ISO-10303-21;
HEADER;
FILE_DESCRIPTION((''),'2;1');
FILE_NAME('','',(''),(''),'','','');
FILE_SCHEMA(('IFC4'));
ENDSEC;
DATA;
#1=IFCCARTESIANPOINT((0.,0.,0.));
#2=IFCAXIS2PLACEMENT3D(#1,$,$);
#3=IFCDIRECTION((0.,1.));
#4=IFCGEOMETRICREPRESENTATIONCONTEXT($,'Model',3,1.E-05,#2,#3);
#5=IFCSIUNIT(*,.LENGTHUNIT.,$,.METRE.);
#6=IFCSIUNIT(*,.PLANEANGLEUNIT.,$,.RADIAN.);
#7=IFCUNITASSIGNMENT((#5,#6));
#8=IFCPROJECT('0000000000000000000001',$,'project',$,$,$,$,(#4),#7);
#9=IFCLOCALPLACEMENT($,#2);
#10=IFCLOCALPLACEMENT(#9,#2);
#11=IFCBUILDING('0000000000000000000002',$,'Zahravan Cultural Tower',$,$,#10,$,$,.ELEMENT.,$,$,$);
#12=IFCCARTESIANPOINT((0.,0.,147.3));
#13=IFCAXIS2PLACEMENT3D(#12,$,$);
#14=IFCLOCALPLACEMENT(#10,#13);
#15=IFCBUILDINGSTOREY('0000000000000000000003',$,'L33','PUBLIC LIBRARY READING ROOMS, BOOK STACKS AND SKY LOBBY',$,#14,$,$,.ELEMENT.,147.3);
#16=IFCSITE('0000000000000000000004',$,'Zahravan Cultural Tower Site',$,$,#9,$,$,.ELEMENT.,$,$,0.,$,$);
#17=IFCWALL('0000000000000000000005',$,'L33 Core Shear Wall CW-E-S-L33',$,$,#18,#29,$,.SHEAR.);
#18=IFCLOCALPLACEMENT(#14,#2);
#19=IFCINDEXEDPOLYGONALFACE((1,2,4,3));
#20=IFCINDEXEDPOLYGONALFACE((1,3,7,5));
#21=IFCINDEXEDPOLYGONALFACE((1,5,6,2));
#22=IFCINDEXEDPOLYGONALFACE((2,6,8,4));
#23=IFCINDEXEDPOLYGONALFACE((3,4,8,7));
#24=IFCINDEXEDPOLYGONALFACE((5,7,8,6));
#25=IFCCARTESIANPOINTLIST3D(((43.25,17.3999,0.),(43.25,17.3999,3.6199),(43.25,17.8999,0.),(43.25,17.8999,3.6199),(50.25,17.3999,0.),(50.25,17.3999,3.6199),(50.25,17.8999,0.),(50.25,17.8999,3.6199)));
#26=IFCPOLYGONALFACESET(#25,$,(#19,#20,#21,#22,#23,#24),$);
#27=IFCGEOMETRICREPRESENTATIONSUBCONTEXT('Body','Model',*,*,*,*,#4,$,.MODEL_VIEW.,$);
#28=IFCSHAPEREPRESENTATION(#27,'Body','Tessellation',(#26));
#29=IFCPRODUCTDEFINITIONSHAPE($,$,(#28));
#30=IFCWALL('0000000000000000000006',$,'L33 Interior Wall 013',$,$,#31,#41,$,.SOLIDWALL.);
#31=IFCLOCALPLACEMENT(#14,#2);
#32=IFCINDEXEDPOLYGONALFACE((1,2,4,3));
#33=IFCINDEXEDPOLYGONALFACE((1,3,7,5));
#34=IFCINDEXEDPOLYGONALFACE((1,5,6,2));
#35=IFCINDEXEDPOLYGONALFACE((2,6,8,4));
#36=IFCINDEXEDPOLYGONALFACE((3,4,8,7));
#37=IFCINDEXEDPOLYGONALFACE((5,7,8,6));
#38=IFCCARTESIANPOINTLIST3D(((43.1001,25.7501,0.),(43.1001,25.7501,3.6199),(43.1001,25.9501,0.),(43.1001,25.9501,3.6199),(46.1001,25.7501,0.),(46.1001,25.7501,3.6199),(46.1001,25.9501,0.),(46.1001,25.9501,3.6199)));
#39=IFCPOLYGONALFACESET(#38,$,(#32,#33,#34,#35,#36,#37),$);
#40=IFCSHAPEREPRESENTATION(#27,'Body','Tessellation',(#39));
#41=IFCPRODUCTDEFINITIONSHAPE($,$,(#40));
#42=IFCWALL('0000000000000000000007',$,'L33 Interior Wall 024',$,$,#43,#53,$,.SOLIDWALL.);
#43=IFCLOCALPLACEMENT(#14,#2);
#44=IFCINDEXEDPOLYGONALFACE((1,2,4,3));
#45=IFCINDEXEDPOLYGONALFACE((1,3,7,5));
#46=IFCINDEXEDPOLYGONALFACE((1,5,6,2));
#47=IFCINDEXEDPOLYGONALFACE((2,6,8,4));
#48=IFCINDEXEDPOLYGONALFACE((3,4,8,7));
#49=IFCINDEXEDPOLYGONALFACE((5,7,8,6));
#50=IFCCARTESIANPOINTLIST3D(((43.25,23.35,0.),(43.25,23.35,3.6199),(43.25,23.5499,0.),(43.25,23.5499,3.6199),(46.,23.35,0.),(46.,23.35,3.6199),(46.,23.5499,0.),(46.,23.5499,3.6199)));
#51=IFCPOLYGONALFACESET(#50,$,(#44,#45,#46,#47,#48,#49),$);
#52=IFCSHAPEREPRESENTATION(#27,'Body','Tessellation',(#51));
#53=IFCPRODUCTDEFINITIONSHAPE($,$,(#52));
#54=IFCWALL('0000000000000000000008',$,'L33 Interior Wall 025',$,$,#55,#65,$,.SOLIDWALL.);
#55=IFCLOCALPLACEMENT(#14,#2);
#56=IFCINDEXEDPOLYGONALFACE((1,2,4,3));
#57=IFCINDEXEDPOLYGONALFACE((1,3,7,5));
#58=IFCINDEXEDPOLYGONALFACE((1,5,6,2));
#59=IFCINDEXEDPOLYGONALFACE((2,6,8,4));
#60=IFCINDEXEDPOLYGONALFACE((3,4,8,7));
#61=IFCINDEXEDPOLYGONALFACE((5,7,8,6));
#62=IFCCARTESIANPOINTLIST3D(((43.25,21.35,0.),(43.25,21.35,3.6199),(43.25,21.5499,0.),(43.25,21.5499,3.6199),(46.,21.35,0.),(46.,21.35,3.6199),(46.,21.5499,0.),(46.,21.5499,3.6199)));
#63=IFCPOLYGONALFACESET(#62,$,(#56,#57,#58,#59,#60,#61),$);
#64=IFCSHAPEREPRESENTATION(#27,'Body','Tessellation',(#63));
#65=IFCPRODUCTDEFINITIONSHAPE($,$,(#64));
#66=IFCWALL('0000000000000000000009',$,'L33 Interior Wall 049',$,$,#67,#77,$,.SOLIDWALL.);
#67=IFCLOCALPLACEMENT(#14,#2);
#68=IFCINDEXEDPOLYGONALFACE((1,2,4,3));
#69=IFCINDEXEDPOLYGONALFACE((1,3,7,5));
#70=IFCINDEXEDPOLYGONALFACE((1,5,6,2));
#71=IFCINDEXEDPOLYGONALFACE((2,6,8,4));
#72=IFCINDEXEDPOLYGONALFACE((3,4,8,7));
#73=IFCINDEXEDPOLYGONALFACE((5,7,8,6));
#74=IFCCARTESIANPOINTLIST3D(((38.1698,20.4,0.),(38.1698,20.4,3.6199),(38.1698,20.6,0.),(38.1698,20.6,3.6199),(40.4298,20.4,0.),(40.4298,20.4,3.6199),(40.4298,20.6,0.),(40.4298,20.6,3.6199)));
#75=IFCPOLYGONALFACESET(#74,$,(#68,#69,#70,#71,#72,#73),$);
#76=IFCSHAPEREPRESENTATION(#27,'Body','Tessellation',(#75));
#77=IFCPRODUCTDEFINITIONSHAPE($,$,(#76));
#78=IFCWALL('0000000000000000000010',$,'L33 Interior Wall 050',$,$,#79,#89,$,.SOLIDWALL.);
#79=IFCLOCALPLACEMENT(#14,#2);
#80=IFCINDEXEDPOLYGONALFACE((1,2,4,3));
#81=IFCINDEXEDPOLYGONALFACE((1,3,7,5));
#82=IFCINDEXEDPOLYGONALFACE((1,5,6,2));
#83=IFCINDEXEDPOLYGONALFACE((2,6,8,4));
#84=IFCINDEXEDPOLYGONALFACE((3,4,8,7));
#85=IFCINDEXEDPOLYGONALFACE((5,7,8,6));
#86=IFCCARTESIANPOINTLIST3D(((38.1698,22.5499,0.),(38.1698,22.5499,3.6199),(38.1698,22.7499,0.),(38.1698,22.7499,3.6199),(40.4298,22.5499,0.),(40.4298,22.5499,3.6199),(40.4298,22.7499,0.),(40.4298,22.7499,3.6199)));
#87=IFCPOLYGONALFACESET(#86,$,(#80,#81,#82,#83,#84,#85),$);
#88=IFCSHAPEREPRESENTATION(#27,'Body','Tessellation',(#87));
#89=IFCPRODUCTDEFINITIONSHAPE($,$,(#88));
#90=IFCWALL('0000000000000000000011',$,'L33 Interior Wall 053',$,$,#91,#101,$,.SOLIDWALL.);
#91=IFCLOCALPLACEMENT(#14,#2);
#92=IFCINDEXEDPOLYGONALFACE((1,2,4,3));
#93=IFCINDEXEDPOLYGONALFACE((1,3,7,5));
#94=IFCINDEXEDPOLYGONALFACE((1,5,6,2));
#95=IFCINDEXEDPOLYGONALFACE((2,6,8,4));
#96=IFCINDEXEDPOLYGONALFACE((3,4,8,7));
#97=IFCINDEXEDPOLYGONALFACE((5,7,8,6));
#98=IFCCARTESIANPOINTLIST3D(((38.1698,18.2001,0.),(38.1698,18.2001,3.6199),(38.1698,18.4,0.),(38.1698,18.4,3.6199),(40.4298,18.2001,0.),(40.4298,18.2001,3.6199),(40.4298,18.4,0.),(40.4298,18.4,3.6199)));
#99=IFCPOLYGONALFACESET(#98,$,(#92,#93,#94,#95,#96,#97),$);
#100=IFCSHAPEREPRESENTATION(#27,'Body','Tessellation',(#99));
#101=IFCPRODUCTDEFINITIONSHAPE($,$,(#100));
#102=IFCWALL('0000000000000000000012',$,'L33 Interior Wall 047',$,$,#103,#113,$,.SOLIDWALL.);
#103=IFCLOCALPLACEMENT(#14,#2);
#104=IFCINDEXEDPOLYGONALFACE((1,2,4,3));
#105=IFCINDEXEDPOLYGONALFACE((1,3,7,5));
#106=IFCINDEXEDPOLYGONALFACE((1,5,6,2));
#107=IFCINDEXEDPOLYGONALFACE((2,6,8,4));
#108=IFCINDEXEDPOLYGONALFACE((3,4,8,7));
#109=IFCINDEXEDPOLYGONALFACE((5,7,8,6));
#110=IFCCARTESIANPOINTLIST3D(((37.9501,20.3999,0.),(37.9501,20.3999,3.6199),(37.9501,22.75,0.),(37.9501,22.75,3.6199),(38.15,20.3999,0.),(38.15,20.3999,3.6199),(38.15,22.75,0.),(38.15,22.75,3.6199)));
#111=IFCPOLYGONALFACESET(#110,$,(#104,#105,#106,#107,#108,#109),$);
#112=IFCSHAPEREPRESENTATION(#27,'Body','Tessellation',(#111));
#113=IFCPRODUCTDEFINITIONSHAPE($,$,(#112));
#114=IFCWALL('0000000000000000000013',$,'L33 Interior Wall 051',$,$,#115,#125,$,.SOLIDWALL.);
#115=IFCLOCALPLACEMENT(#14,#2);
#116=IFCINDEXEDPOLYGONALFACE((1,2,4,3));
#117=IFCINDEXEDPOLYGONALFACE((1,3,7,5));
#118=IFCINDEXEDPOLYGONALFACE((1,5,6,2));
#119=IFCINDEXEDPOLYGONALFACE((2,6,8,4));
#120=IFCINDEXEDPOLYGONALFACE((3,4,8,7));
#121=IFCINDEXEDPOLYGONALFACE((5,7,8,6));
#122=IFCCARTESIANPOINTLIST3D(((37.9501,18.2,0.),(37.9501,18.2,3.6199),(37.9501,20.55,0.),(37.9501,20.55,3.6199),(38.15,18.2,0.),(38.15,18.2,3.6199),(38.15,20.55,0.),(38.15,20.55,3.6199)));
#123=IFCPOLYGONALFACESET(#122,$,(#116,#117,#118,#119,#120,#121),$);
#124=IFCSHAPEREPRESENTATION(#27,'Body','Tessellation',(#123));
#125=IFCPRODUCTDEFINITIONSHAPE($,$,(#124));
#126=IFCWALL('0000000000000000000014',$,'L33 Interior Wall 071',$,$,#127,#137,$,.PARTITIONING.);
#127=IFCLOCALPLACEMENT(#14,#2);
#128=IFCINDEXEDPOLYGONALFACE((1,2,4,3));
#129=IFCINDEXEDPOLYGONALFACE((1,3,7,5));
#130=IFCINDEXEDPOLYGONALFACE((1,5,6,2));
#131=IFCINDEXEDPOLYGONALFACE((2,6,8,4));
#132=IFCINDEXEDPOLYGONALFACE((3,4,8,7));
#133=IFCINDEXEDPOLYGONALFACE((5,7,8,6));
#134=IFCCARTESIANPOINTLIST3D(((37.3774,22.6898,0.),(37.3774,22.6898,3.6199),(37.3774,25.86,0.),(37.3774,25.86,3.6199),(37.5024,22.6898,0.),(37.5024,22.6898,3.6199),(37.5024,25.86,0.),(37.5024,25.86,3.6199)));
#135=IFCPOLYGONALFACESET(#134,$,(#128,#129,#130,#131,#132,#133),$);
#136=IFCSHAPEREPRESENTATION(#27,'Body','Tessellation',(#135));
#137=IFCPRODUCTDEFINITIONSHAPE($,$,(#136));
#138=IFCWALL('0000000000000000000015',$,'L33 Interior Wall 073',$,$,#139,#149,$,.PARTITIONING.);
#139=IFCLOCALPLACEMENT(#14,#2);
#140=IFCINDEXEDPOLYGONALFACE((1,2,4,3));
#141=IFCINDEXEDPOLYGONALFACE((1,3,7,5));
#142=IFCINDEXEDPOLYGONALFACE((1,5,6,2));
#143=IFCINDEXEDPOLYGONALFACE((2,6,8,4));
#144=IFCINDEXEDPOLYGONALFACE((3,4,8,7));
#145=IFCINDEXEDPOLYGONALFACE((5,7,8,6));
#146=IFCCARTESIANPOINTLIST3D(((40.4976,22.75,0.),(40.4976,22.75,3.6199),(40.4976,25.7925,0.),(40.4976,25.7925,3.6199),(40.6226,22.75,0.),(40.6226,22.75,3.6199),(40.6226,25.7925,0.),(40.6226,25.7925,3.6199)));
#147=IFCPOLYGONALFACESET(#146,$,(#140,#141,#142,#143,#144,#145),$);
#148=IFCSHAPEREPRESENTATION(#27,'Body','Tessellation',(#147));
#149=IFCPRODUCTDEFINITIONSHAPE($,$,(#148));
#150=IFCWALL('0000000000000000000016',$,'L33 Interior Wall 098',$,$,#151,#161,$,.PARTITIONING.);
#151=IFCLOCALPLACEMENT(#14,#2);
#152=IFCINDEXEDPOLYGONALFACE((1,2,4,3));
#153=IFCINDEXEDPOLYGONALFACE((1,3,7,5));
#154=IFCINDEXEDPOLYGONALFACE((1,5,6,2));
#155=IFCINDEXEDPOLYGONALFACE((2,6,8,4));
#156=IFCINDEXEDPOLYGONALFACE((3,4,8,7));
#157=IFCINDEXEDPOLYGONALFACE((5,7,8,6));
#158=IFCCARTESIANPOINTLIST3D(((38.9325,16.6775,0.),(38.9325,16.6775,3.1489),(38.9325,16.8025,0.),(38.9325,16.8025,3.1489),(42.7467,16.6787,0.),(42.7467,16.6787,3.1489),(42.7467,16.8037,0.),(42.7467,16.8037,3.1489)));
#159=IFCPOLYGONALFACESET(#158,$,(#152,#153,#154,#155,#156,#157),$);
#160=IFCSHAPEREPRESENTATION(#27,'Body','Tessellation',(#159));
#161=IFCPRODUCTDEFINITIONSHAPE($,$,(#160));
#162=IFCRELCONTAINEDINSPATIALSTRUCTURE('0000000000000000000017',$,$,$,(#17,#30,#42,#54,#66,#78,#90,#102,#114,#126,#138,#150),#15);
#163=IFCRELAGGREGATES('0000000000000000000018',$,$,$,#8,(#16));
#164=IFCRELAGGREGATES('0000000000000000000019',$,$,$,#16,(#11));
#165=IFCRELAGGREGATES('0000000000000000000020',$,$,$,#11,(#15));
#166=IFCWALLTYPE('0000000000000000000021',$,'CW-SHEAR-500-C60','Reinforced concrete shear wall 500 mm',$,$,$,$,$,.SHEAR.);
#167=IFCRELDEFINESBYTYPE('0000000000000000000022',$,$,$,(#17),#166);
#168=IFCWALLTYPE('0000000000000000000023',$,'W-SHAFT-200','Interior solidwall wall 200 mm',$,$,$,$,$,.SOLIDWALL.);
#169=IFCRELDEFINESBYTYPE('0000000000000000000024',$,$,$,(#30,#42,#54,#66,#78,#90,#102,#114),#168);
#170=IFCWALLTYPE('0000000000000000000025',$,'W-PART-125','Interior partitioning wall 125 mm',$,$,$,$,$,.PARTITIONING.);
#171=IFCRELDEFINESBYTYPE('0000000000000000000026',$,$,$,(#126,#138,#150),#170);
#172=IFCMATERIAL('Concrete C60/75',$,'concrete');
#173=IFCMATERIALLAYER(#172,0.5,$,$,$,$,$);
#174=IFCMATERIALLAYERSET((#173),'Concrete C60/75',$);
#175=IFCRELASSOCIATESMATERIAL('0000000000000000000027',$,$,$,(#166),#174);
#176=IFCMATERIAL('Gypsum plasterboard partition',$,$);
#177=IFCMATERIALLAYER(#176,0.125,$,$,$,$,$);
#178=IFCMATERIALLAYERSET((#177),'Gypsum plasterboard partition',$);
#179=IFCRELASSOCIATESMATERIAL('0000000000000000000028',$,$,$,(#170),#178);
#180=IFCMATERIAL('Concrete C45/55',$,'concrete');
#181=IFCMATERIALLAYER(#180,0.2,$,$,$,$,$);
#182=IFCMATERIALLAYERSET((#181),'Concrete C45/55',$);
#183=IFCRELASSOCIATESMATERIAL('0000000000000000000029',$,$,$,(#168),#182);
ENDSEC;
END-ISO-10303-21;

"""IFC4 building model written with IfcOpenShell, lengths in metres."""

from ifc_helpers import new_model, si_unit, direction, frame, frame_2d, origin, place, context, subcontext, project, spatial, rectangle, extrude, source, transform, mapped, material, layer, layer_set, type_object, element, save


model = new_model("IFC4")

# Units and contexts
model_context = context("Model", 3, precision=1e-05, world=origin(), true_north=direction((0.0, 1.0)))
body_context = subcontext(model_context, "Body", "Model", "MODEL_VIEW")
ifc_project = project(units=[si_unit("LENGTHUNIT", "METRE"), si_unit("PLANEANGLEUNIT", "RADIAN")], contexts=[model_context])

# Site, building, storey
site_placement = place(None, origin())
site = spatial("IfcSite", under=ifc_project, at=site_placement, Name="Zahravan Cultural Tower Site", CompositionType="ELEMENT", RefElevation=0.0)
building_placement = place(site_placement, origin())
building = spatial("IfcBuilding", under=site, at=building_placement, Name="Zahravan Cultural Tower", CompositionType="ELEMENT")
storey_placement = place(building_placement, frame((0.0, 0.0, 147.3)))
storey = spatial("IfcBuildingStorey", under=building, at=storey_placement, Name="L33", Description="PUBLIC LIBRARY READING ROOMS, BOOK STACKS AND SKY LOBBY", CompositionType="ELEMENT", Elevation=147.3)

# Shared definitions
ifc_material_1 = material(Name="Concrete C60/75", Category="concrete")
ifc_layer_1 = layer(ifc_material_1, 0.5)
ifc_layer_set_1 = layer_set([ifc_layer_1], Name="Concrete C60/75")
wall_type_1 = type_object("IfcWallType", Name="CW-SHEAR-500-C60", Description="Reinforced concrete shear wall 500 mm", PredefinedType="SHEAR", material=ifc_layer_set_1)

# Shared definitions
ifc_material_2 = material(Name="Gypsum plasterboard partition")
ifc_layer_2 = layer(ifc_material_2, 0.125)
ifc_layer_set_2 = layer_set([ifc_layer_2], Name="Gypsum plasterboard partition")
wall_type_2 = type_object("IfcWallType", Name="W-PART-125", Description="Interior partitioning wall 125 mm", PredefinedType="PARTITIONING", material=ifc_layer_set_2)
ifc_material_3 = material(Name="Concrete C45/55", Category="concrete")
ifc_layer_3 = layer(ifc_material_3, 0.2)
ifc_layer_set_3 = layer_set([ifc_layer_3], Name="Concrete C45/55")
wall_type_3 = type_object("IfcWallType", Name="W-SHAFT-200", Description="Interior solidwall wall 200 mm", PredefinedType="SOLIDWALL", material=ifc_layer_set_3)

# Walls
shared_shape_1 = source(origin(), body_context, "Body", "SweptSolid", [
    extrude(rectangle(XDim=7.0, YDim=0.5, at=frame_2d((3.5, 0.0))), origin(), (0.0, 0.0, 1.0), 3.6199),
])
wall_1_placement = place(storey_placement, frame((43.25, 17.6499, 0.0), z_axis=(0.0, 0.0, 1.0), x_axis=(1.0, 0.0, 0.0)))
element("IfcWall", 1, at=wall_1_placement, inside=storey, type_object=wall_type_1, Name="L33 Core Shear Wall CW-E-S-L33", PredefinedType="SHEAR", context=body_context, shape_type="MappedRepresentation", body=[
    mapped(shared_shape_1, transform((0.0, 0.0, 0.0), x_axis=(1.0, 0.0, 0.0), y_axis=(0.0, 1.0, 0.0), z_axis=(0.0, 0.0, 1.0), scale=1.0)),
])
shared_shape_2 = source(origin(), body_context, "Body", "SweptSolid", [
    extrude(rectangle(XDim=3.0, YDim=0.2, at=frame_2d((1.5, 0.0))), origin(), (0.0, 0.0, 1.0), 3.6199),
])
wall_2_placement = place(storey_placement, frame((43.1001, 25.8501, 0.0), z_axis=(0.0, 0.0, 1.0), x_axis=(1.0, 0.0, 0.0)))
element("IfcWall", 2, at=wall_2_placement, inside=storey, type_object=wall_type_3, Name="L33 Interior Wall 013", PredefinedType="SOLIDWALL", context=body_context, shape_type="MappedRepresentation", body=[
    mapped(shared_shape_2, transform((0.0, 0.0, 0.0), x_axis=(1.0, 0.0, 0.0), y_axis=(0.0, 1.0, 0.0), z_axis=(0.0, 0.0, 1.0), scale=1.0)),
])
shared_shape_3 = source(origin(), body_context, "Body", "SweptSolid", [
    extrude(rectangle(XDim=2.75, YDim=0.2, at=frame_2d((1.375, 0.0))), origin(), (0.0, 0.0, 1.0), 3.6199),
])
for number, where, z_axis, x_axis, name in (
    (3, (43.25, 23.45, 0.0), (0.0, 0.0, 1.0), (1.0, 0.0, 0.0), "L33 Interior Wall 024"),
    (4, (43.25, 21.45, 0.0), (0.0, 0.0, 1.0), (1.0, 0.0, 0.0), "L33 Interior Wall 025"),
):
    element("IfcWall", number, at=place(storey_placement, frame(where, z_axis=z_axis, x_axis=x_axis)), inside=storey, type_object=wall_type_3, Name=name, PredefinedType="SOLIDWALL", context=body_context, shape_type="MappedRepresentation", body=[
        mapped(shared_shape_3, transform((0.0, 0.0, 0.0), x_axis=(1.0, 0.0, 0.0), y_axis=(0.0, 1.0, 0.0), z_axis=(0.0, 0.0, 1.0), scale=1.0)),
    ])
shared_shape_4 = source(origin(), body_context, "Body", "SweptSolid", [
    extrude(rectangle(XDim=2.26, YDim=0.2, at=frame_2d((1.1299, 0.0))), origin(), (0.0, 0.0, 1.0), 3.6199),
])
for number, where, z_axis, x_axis, name in (
    (5, (38.1699, 20.5, 0.0), (0.0, 0.0, 1.0), (1.0, 0.0, 0.0), "L33 Interior Wall 049"),
    (6, (38.1699, 22.6499, 0.0), (0.0, 0.0, 1.0), (1.0, 0.0, 0.0), "L33 Interior Wall 050"),
    (7, (38.1699, 18.3, 0.0), (0.0, 0.0, 1.0), (1.0, 0.0, 0.0), "L33 Interior Wall 053"),
):
    element("IfcWall", number, at=place(storey_placement, frame(where, z_axis=z_axis, x_axis=x_axis)), inside=storey, type_object=wall_type_3, Name=name, PredefinedType="SOLIDWALL", context=body_context, shape_type="MappedRepresentation", body=[
        mapped(shared_shape_4, transform((0.0, 0.0, 0.0), x_axis=(1.0, 0.0, 0.0), y_axis=(0.0, 1.0, 0.0), z_axis=(0.0, 0.0, 1.0), scale=1.0)),
    ])
shared_shape_5 = source(origin(), body_context, "Body", "SweptSolid", [
    extrude(rectangle(XDim=2.3501, YDim=0.2, at=frame_2d((1.175, 0.0))), origin(), (0.0, 0.0, 1.0), 3.6199),
])
for number, where, z_axis, x_axis, name in (
    (8, (38.05, 20.3999, 0.0), (0.0, 0.0, 1.0), (0.0, 1.0, 0.0), "L33 Interior Wall 047"),
    (9, (38.05, 18.2, 0.0), (0.0, 0.0, 1.0), (0.0, 1.0, 0.0), "L33 Interior Wall 051"),
):
    element("IfcWall", number, at=place(storey_placement, frame(where, z_axis=z_axis, x_axis=x_axis)), inside=storey, type_object=wall_type_3, Name=name, PredefinedType="SOLIDWALL", context=body_context, shape_type="MappedRepresentation", body=[
        mapped(shared_shape_5, transform((0.0, 0.0, 0.0), x_axis=(1.0, 0.0, 0.0), y_axis=(0.0, 1.0, 0.0), z_axis=(0.0, 0.0, 1.0), scale=1.0)),
    ])
shared_shape_6 = source(origin(), body_context, "Body", "SweptSolid", [
    extrude(rectangle(XDim=3.1702, YDim=0.125, at=frame_2d((1.585, 0.0))), origin(), (0.0, 0.0, 1.0), 3.6199),
])
wall_3_placement = place(storey_placement, frame((37.4399, 22.6899, 0.0), z_axis=(0.0, 0.0, 1.0), x_axis=(0.0, 1.0, 0.0)))
element("IfcWall", 10, at=wall_3_placement, inside=storey, type_object=wall_type_2, Name="L33 Interior Wall 071", PredefinedType="PARTITIONING", context=body_context, shape_type="MappedRepresentation", body=[
    mapped(shared_shape_6, transform((0.0, 0.0, 0.0), x_axis=(1.0, 0.0, 0.0), y_axis=(0.0, 1.0, 0.0), z_axis=(0.0, 0.0, 1.0), scale=1.0)),
])
shared_shape_7 = source(origin(), body_context, "Body", "SweptSolid", [
    extrude(rectangle(XDim=3.0425, YDim=0.125, at=frame_2d((1.5212, 0.0))), origin(), (0.0, 0.0, 1.0), 3.6199),
])
wall_4_placement = place(storey_placement, frame((40.5601, 25.7925, 0.0), z_axis=(0.0, 0.0, 1.0), x_axis=(0.0, -1.0, 0.0)))
element("IfcWall", 11, at=wall_4_placement, inside=storey, type_object=wall_type_2, Name="L33 Interior Wall 073", PredefinedType="PARTITIONING", context=body_context, shape_type="MappedRepresentation", body=[
    mapped(shared_shape_7, transform((0.0, 0.0, 0.0), x_axis=(1.0, 0.0, 0.0), y_axis=(0.0, 1.0, 0.0), z_axis=(0.0, 0.0, 1.0), scale=1.0)),
])
shared_shape_8 = source(origin(), body_context, "Body", "SweptSolid", [
    extrude(rectangle(XDim=3.8142, YDim=0.125, at=frame_2d((1.9072, 0.0))), origin(), (0.0, 0.0, 1.0), 3.1489),
])
wall_5_placement = place(storey_placement, frame((38.9324, 16.74, 0.0), z_axis=(0.0, 0.0, 1.0), x_axis=(1.0, 0.00032, 0.0)))
element("IfcWall", 12, at=wall_5_placement, inside=storey, type_object=wall_type_2, Name="L33 Interior Wall 098", PredefinedType="PARTITIONING", context=body_context, shape_type="MappedRepresentation", body=[
    mapped(shared_shape_8, transform((0.0, 0.0, 0.0), x_axis=(1.0, 0.0, 0.0), y_axis=(0.0, 1.0, 0.0), z_axis=(0.0, 0.0, 1.0), scale=1.0)),
])

save(model, "model.ifc")
